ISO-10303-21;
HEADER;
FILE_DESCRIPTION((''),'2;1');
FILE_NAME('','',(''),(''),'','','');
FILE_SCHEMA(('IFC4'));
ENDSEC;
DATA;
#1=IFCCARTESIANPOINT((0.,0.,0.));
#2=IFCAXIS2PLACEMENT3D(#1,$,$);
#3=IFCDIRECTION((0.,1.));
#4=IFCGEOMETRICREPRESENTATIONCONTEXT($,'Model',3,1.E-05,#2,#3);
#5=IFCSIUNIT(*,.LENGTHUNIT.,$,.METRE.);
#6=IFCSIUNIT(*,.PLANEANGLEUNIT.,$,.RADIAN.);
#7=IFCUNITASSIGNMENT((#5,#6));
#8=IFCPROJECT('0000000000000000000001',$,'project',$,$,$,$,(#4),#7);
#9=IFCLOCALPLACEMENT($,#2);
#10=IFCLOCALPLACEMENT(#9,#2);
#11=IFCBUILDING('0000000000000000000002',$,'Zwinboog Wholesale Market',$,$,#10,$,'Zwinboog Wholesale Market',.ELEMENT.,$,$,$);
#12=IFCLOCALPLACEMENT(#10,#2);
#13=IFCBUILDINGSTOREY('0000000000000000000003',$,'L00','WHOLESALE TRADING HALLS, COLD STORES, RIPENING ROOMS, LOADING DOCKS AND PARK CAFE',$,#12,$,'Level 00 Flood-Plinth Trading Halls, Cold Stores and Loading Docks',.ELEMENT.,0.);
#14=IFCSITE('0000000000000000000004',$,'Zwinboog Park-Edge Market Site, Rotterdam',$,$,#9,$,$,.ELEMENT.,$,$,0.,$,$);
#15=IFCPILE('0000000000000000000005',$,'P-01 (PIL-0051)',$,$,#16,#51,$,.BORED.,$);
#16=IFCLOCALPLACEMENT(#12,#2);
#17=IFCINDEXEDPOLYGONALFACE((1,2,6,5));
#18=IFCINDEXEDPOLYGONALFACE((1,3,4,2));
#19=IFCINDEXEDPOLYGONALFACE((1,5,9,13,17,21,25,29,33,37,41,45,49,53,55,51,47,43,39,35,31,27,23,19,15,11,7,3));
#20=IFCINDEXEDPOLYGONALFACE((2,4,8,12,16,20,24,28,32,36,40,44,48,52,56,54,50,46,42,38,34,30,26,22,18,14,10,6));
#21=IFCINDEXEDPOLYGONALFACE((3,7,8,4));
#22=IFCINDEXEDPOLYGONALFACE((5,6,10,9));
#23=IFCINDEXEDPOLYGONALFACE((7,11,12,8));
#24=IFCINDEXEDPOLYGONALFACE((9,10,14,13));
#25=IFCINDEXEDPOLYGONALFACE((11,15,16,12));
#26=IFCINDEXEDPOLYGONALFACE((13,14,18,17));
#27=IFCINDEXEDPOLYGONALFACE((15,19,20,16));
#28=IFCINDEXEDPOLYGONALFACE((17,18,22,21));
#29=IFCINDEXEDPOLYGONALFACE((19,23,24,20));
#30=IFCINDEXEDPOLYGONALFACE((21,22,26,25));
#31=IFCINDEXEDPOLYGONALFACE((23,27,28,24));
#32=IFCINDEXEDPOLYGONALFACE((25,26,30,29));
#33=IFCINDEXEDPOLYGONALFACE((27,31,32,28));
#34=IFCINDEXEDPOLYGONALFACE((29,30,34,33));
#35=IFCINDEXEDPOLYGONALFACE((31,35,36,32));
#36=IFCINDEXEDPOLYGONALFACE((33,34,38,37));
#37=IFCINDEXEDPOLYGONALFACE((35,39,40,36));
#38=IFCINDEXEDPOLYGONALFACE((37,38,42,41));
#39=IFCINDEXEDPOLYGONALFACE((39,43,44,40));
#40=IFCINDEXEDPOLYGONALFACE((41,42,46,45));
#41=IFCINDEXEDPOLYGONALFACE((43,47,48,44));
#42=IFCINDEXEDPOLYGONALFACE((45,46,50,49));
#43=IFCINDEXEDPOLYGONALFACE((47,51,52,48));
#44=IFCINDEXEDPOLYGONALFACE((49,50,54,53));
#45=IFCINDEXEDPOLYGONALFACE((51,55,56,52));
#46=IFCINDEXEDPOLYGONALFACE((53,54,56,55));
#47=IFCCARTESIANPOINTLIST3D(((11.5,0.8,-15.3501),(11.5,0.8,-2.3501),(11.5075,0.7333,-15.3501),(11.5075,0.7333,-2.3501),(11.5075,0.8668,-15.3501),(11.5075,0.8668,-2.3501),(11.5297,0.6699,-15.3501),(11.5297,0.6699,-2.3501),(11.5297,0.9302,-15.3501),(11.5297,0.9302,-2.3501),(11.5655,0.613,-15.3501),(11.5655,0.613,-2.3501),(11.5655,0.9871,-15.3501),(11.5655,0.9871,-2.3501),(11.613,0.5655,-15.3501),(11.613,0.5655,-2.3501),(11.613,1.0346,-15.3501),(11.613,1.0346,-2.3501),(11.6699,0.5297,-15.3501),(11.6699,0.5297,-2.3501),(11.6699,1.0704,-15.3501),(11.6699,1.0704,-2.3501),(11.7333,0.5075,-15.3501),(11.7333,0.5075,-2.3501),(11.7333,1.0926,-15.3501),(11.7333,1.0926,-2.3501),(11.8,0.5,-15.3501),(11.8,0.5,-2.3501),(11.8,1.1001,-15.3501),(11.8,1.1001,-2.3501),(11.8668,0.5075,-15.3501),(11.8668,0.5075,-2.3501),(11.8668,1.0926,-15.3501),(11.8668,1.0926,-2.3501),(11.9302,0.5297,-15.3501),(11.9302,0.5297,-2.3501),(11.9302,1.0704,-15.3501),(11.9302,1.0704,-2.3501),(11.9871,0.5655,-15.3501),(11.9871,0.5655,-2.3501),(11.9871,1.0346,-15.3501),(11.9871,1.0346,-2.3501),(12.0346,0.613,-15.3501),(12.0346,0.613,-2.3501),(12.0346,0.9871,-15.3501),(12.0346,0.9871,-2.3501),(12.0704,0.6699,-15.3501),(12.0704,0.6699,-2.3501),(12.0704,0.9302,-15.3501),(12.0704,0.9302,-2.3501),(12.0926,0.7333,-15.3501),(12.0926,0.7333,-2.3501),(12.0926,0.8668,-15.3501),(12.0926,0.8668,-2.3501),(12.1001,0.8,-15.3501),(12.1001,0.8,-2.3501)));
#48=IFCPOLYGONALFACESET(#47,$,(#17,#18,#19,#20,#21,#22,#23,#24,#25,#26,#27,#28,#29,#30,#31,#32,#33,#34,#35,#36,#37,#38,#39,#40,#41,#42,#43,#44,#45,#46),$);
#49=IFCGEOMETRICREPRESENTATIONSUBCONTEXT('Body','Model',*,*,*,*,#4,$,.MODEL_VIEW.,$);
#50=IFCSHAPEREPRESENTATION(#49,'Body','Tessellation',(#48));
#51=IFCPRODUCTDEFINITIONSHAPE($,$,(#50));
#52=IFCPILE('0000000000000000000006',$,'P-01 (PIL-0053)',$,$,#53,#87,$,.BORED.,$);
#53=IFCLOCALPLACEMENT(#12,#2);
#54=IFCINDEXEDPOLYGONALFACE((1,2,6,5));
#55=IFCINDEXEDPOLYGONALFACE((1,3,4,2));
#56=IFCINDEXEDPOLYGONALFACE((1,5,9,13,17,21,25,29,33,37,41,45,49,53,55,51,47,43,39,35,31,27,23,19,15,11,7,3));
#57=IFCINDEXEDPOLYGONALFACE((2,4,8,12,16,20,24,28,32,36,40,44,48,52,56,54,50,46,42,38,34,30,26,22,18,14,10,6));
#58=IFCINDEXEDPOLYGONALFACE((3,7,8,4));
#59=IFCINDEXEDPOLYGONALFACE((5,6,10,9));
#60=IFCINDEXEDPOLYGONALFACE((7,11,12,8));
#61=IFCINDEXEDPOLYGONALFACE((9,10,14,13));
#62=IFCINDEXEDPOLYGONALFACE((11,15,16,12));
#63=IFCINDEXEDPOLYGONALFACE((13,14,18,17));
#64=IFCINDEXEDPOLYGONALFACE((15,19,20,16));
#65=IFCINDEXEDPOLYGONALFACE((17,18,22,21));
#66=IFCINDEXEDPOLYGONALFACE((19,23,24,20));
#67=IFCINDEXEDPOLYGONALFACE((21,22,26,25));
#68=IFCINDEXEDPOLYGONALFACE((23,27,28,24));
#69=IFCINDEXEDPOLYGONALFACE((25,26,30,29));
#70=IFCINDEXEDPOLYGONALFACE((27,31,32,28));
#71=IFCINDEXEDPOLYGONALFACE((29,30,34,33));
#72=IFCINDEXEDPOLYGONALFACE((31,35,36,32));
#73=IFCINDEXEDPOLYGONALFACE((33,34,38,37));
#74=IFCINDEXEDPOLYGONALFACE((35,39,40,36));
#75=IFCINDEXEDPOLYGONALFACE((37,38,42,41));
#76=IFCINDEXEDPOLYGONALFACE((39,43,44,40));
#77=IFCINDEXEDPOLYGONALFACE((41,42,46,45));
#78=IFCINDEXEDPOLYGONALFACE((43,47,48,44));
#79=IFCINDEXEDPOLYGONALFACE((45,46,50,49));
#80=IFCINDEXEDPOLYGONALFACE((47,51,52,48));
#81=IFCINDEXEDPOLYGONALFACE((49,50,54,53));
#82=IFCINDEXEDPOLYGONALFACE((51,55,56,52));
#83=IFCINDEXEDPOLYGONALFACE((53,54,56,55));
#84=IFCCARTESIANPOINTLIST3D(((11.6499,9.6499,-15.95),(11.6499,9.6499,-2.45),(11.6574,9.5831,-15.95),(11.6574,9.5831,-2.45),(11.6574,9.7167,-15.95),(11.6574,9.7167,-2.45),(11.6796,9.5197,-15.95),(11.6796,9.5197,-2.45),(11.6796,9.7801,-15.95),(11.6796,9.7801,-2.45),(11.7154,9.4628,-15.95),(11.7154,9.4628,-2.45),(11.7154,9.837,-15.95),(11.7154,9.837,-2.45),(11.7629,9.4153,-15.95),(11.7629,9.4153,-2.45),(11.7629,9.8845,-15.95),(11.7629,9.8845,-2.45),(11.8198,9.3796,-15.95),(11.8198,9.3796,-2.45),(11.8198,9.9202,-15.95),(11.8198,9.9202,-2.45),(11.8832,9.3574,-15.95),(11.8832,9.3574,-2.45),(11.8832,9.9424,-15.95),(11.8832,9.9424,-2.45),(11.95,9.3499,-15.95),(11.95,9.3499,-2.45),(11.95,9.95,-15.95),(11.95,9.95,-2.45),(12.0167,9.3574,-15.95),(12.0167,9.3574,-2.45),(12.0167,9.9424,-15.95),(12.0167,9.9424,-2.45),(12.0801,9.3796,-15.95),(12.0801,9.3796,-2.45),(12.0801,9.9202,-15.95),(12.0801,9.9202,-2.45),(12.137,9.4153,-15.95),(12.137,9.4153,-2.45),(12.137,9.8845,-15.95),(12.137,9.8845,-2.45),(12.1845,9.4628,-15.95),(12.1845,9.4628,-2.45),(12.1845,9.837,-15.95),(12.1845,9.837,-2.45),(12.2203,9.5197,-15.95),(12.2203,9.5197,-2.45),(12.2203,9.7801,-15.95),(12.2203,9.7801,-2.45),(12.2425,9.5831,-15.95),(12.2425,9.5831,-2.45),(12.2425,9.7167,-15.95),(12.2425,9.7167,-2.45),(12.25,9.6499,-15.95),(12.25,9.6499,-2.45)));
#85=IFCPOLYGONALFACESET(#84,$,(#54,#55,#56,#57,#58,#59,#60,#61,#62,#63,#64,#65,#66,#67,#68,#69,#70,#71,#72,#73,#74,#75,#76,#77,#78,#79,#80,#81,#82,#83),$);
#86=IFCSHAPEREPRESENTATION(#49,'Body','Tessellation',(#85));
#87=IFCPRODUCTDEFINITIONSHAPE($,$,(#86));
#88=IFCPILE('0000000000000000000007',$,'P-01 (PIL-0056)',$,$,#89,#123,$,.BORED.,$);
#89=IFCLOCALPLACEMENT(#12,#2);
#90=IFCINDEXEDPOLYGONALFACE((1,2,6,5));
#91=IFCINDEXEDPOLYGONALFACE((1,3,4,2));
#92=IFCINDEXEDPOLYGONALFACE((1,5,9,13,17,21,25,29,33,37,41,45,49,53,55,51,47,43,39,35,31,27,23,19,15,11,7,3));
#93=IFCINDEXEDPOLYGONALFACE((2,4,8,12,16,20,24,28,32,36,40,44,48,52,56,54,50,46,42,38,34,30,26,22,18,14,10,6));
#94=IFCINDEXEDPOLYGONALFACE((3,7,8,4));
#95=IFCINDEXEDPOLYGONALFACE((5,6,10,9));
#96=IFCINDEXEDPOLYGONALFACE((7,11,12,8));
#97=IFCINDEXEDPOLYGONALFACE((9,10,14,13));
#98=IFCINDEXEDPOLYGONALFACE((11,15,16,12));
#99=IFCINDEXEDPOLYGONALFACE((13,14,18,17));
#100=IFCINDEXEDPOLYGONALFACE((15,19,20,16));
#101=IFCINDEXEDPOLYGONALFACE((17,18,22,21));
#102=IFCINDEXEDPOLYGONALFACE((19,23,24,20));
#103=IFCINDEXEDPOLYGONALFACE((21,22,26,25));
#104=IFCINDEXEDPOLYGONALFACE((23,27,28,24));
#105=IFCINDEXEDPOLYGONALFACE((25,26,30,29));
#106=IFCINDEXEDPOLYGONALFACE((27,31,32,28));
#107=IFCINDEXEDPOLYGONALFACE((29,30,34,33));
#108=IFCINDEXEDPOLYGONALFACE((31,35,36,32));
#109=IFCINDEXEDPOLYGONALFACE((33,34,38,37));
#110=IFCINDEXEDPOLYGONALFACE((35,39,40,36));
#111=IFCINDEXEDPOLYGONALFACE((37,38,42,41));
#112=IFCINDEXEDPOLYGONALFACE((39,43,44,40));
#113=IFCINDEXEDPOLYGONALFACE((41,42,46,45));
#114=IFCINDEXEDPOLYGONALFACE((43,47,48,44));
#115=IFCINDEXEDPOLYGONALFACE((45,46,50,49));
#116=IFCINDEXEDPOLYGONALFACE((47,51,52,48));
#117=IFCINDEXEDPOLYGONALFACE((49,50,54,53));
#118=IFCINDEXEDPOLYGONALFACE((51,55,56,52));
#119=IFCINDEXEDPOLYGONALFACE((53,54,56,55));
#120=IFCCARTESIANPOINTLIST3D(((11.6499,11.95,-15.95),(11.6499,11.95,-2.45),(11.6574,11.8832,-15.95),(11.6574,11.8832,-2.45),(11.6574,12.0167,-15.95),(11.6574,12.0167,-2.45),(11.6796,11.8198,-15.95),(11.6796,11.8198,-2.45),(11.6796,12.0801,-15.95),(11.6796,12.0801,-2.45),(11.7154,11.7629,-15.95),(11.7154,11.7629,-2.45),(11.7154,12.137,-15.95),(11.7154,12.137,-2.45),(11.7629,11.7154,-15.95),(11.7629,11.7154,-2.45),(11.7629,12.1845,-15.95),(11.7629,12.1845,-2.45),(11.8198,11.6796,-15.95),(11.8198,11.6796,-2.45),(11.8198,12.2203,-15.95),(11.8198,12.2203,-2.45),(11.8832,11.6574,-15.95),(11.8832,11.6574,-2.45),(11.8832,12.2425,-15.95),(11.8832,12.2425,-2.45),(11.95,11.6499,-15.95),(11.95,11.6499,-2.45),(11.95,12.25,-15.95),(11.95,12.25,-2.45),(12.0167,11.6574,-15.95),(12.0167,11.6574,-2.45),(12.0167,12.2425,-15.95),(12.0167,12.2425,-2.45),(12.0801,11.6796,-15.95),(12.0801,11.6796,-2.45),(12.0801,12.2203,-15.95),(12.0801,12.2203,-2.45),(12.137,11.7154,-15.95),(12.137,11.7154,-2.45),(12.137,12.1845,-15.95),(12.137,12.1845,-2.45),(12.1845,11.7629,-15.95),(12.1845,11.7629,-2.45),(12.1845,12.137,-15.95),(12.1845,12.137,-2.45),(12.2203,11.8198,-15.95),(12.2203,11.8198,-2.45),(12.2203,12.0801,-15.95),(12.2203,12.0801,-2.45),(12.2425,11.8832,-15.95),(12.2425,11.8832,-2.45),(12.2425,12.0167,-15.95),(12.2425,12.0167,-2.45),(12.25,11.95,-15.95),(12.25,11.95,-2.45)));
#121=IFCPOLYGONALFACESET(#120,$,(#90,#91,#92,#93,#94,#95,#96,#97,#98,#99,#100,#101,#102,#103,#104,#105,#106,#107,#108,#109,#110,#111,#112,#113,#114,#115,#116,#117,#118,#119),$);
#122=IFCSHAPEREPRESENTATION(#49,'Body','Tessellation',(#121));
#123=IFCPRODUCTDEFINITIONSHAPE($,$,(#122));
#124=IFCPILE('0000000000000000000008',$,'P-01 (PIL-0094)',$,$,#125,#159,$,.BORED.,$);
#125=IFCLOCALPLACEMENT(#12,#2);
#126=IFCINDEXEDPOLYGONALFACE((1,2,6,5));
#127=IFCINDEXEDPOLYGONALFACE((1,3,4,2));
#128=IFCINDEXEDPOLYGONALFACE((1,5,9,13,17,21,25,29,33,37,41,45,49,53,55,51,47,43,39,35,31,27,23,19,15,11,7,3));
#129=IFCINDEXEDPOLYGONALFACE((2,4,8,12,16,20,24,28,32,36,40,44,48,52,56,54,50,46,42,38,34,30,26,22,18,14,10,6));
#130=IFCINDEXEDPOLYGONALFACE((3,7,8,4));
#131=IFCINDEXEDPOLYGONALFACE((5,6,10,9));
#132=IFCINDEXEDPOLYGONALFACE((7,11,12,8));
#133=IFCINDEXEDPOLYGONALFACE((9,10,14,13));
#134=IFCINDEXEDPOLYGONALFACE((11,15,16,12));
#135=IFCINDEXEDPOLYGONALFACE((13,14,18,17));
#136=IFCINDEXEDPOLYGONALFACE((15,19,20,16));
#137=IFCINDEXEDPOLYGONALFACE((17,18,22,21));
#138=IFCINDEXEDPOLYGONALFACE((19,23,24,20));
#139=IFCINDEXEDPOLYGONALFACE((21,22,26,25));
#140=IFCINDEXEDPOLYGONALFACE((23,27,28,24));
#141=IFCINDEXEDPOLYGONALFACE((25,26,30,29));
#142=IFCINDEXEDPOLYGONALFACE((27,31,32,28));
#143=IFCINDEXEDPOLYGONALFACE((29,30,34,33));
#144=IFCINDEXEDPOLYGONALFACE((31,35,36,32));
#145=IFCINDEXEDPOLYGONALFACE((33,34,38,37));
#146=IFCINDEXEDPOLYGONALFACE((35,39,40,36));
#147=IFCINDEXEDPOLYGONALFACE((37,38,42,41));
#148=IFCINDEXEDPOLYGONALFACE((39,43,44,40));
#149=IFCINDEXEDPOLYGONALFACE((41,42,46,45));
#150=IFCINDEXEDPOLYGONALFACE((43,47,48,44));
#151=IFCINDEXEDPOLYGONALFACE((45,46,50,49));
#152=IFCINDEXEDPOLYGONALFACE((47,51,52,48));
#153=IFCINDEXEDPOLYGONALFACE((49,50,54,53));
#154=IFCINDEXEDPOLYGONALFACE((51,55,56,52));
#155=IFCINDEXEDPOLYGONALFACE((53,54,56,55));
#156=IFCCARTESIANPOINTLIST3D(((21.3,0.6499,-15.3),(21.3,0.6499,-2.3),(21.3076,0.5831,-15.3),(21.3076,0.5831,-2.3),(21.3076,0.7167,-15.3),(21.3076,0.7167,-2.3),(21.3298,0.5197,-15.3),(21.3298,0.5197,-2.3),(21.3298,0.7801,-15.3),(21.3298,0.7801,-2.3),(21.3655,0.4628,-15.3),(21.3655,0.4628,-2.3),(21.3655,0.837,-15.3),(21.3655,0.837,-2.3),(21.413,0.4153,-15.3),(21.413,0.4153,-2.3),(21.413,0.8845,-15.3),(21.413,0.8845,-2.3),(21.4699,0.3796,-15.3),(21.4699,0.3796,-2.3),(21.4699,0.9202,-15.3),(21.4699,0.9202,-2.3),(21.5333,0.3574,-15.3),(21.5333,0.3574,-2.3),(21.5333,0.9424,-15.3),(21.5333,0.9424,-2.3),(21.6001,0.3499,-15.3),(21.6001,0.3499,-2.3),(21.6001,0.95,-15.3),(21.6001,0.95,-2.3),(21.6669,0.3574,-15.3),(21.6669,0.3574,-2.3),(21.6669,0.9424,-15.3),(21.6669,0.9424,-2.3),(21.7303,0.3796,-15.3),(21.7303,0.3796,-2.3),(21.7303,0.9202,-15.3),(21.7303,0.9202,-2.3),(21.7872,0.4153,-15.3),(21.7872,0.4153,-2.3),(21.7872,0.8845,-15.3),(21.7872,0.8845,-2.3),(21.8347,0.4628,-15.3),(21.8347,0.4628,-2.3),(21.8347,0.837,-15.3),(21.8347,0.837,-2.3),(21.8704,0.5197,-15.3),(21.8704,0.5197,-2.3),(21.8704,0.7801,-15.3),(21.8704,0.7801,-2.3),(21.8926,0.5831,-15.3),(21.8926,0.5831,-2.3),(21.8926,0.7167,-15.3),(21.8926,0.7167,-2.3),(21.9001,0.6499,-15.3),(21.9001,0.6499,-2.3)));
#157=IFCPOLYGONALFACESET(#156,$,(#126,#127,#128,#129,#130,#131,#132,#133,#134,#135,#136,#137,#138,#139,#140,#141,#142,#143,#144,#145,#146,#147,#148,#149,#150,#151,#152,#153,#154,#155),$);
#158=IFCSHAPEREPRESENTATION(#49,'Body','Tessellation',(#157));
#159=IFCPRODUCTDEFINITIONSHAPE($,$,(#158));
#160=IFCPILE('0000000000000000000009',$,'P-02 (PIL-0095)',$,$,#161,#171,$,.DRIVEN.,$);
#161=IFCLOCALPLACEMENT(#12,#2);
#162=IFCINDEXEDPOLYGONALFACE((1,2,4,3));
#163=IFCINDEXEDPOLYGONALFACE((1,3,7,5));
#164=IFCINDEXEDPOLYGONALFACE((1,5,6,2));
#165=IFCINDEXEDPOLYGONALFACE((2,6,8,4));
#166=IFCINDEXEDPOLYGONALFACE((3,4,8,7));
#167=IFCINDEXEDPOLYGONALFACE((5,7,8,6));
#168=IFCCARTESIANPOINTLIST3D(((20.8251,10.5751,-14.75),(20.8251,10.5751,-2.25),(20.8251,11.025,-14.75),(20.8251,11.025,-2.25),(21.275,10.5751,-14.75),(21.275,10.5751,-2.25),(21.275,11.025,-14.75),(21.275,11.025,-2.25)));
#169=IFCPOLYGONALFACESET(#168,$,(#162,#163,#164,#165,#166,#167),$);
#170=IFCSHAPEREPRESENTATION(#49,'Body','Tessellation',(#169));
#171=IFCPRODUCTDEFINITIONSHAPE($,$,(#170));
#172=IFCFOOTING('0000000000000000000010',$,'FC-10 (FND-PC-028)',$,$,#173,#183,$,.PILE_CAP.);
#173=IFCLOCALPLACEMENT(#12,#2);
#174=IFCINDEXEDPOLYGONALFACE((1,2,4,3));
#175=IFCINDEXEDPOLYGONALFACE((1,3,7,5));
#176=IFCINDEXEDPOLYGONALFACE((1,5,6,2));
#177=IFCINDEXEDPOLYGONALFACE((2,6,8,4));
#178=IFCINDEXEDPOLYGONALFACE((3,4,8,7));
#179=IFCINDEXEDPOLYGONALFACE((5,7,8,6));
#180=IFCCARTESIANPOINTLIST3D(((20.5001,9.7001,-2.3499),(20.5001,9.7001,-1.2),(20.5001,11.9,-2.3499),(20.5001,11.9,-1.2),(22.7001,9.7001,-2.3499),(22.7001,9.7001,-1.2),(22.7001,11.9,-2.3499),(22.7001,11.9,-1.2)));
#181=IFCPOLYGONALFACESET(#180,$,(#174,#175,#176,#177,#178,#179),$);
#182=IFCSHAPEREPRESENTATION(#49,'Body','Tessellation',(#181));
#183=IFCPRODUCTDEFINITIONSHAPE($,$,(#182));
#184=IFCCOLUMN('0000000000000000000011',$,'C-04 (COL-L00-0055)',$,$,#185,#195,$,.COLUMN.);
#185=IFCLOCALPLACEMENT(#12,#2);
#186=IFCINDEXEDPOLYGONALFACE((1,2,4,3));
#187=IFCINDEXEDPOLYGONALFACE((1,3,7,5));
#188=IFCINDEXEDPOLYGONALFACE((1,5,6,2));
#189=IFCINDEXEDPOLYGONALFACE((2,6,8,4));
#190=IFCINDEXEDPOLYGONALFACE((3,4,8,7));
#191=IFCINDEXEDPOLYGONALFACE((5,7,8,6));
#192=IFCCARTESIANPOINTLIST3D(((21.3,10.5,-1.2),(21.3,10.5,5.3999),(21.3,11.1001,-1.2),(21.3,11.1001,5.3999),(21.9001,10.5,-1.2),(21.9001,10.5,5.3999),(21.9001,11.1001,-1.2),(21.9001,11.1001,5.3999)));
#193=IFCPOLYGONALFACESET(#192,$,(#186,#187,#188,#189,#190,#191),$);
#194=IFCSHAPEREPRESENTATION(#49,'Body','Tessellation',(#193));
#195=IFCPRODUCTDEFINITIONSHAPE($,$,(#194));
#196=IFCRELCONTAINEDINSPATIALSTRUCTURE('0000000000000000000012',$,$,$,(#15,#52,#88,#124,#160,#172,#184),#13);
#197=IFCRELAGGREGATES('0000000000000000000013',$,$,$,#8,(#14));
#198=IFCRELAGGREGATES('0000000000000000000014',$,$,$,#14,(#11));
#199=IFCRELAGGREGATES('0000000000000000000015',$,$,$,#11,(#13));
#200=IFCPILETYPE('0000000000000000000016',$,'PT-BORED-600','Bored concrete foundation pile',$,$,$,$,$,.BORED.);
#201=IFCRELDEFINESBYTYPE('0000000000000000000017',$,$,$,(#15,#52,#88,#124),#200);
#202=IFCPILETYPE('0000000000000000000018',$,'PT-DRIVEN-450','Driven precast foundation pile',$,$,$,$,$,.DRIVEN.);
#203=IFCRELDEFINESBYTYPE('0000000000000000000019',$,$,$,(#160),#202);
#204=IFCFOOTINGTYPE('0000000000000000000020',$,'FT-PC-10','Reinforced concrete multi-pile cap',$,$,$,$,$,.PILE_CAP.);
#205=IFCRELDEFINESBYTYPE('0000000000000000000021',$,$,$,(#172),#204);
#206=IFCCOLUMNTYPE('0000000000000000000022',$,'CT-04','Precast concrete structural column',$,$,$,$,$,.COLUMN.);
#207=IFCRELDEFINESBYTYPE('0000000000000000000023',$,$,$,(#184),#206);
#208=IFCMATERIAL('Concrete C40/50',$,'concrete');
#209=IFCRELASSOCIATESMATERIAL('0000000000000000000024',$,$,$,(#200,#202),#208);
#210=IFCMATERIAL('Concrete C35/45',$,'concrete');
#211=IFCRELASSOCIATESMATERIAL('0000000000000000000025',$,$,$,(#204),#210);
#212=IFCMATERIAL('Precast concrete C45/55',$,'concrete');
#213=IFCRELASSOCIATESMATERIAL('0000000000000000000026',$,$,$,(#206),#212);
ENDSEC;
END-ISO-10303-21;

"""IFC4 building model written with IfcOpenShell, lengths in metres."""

from ifc_helpers import new_model, si_unit, direction, frame, origin, origin_2d, place, context, subcontext, project, spatial, rectangle, circle, extrude, material, material_profile, profile_set, type_object, element, save


model = new_model("IFC4")

# Units and contexts
model_context = context("Model", 3, precision=1e-05, world=origin(), true_north=direction((0.0, 1.0)))
body_context = subcontext(model_context, "Body", "Model", "MODEL_VIEW")
ifc_project = project(units=[si_unit("LENGTHUNIT", "METRE"), si_unit("PLANEANGLEUNIT", "RADIAN")], contexts=[model_context])

# Site, building, storey
site_placement = place(None, origin())
site = spatial("IfcSite", under=ifc_project, at=site_placement, Name="Zwinboog Park-Edge Market Site, Rotterdam", CompositionType="ELEMENT", RefElevation=0.0)
building_placement = place(site_placement, origin())
building = spatial("IfcBuilding", under=site, at=building_placement, Name="Zwinboog Wholesale Market", LongName="Zwinboog Wholesale Market", CompositionType="ELEMENT")
storey_placement = place(building_placement, origin())
storey = spatial("IfcBuildingStorey", under=building, at=storey_placement, Name="L00", Description="WHOLESALE TRADING HALLS, COLD STORES, RIPENING ROOMS, LOADING DOCKS AND PARK CAFE", LongName="Level 00 Flood-Plinth Trading Halls, Cold Stores and Loading Docks", CompositionType="ELEMENT", Elevation=0.0)

# Piles
ifc_material_1 = material(Name="Concrete C40/50", Category="concrete")
ifc_material_profile_1 = material_profile(ifc_material_1, circle(Radius=0.3, at=origin_2d()), Name="PILE D600")
ifc_profile_set_1 = profile_set([ifc_material_profile_1], Name="Concrete C40/50")
pile_type_1 = type_object("IfcPileType", Name="PT-BORED-600", Description="Bored concrete foundation pile", PredefinedType="BORED", material=ifc_profile_set_1)
pile_1_placement = place(storey_placement, frame((11.8, 0.8, -2.3501), z_axis=(0.0, 0.0, -1.0), x_axis=(1.0, 0.0, 0.0)))
element("IfcPile", 1, at=pile_1_placement, inside=storey, type_object=pile_type_1, Name="P-01 (PIL-0051)", PredefinedType="BORED", context=body_context, shape_type="SweptSolid", body=[
    extrude(circle(Radius=0.3, at=origin_2d()), origin(), (0.0, 0.0, 1.0), 13.0),
])
for number, where, z_axis, x_axis, name in (
    (2, (11.95, 9.6499, -2.45), (0.0, 0.0, -1.0), (1.0, 0.0, 0.0), "P-01 (PIL-0053)"),
    (3, (11.95, 11.95, -2.45), (0.0, 0.0, -1.0), (1.0, 0.0, 0.0), "P-01 (PIL-0056)"),
):
    element("IfcPile", number, at=place(storey_placement, frame(where, z_axis=z_axis, x_axis=x_axis)), inside=storey, type_object=pile_type_1, Name=name, PredefinedType="BORED", context=body_context, shape_type="SweptSolid", body=[
        extrude(circle(Radius=0.3, at=origin_2d()), origin(), (0.0, 0.0, 1.0), 13.5),
    ])
pile_2_placement = place(storey_placement, frame((21.6001, 0.6499, -2.3), z_axis=(0.0, 0.0, -1.0), x_axis=(1.0, 0.0, 0.0)))
element("IfcPile", 4, at=pile_2_placement, inside=storey, type_object=pile_type_1, Name="P-01 (PIL-0094)", PredefinedType="BORED", context=body_context, shape_type="SweptSolid", body=[
    extrude(circle(Radius=0.3, at=origin_2d()), origin(), (0.0, 0.0, 1.0), 13.0),
])
ifc_material_profile_2 = material_profile(ifc_material_1, rectangle(XDim=0.45, YDim=0.45, at=origin_2d()), Name="PILE SQ450")
ifc_profile_set_2 = profile_set([ifc_material_profile_2], Name="Concrete C40/50")
pile_type_2 = type_object("IfcPileType", Name="PT-DRIVEN-450", Description="Driven precast foundation pile", PredefinedType="DRIVEN", material=ifc_profile_set_2)
pile_3_placement = place(storey_placement, frame((21.05, 10.8, -2.25), z_axis=(0.0, 0.0, -1.0), x_axis=(1.0, 0.0, 0.0)))
element("IfcPile", 5, at=pile_3_placement, inside=storey, type_object=pile_type_2, Name="P-02 (PIL-0095)", PredefinedType="DRIVEN", context=body_context, shape_type="SweptSolid", body=[
    extrude(rectangle(XDim=0.45, YDim=0.45, at=origin_2d()), origin(), (0.0, 0.0, 1.0), 12.5),
])

# Footing
ifc_material_2 = material(Name="Concrete C35/45", Category="concrete")
footing_type = type_object("IfcFootingType", Name="FT-PC-10", Description="Reinforced concrete multi-pile cap", PredefinedType="PILE_CAP", material=ifc_material_2)
footing_placement = place(storey_placement, frame((21.6001, 10.8, -2.3499), z_axis=(0.0, 0.0, 1.0), x_axis=(1.0, 0.0, 0.0)))
element("IfcFooting", 6, at=footing_placement, inside=storey, type_object=footing_type, Name="FC-10 (FND-PC-028)", PredefinedType="PILE_CAP", context=body_context, shape_type="SweptSolid", body=[
    extrude(rectangle(XDim=2.2, YDim=2.2, at=origin_2d()), origin(), (0.0, 0.0, 1.0), 1.1499),
])

# Column
ifc_material_3 = material(Name="Precast concrete C45/55", Category="concrete")
ifc_material_profile_3 = material_profile(ifc_material_3, rectangle(XDim=0.6001, YDim=0.6001, at=origin_2d()), Name="PC 600x600")
ifc_profile_set_3 = profile_set([ifc_material_profile_3], Name="Precast concrete C45/55")
column_type = type_object("IfcColumnType", Name="CT-04", Description="Precast concrete structural column", PredefinedType="COLUMN", material=ifc_profile_set_3)
column_placement = place(storey_placement, frame((21.6001, 10.8, -1.2), z_axis=(0.0, 0.0, 1.0), x_axis=(1.0, 0.0, 0.0)))
element("IfcColumn", 7, at=column_placement, inside=storey, type_object=column_type, Name="C-04 (COL-L00-0055)", PredefinedType="COLUMN", context=body_context, shape_type="SweptSolid", body=[
    extrude(rectangle(XDim=0.6001, YDim=0.6001, at=origin_2d()), origin(), (0.0, 0.0, 1.0), 6.5999),
])

save(model, "model.ifc")
